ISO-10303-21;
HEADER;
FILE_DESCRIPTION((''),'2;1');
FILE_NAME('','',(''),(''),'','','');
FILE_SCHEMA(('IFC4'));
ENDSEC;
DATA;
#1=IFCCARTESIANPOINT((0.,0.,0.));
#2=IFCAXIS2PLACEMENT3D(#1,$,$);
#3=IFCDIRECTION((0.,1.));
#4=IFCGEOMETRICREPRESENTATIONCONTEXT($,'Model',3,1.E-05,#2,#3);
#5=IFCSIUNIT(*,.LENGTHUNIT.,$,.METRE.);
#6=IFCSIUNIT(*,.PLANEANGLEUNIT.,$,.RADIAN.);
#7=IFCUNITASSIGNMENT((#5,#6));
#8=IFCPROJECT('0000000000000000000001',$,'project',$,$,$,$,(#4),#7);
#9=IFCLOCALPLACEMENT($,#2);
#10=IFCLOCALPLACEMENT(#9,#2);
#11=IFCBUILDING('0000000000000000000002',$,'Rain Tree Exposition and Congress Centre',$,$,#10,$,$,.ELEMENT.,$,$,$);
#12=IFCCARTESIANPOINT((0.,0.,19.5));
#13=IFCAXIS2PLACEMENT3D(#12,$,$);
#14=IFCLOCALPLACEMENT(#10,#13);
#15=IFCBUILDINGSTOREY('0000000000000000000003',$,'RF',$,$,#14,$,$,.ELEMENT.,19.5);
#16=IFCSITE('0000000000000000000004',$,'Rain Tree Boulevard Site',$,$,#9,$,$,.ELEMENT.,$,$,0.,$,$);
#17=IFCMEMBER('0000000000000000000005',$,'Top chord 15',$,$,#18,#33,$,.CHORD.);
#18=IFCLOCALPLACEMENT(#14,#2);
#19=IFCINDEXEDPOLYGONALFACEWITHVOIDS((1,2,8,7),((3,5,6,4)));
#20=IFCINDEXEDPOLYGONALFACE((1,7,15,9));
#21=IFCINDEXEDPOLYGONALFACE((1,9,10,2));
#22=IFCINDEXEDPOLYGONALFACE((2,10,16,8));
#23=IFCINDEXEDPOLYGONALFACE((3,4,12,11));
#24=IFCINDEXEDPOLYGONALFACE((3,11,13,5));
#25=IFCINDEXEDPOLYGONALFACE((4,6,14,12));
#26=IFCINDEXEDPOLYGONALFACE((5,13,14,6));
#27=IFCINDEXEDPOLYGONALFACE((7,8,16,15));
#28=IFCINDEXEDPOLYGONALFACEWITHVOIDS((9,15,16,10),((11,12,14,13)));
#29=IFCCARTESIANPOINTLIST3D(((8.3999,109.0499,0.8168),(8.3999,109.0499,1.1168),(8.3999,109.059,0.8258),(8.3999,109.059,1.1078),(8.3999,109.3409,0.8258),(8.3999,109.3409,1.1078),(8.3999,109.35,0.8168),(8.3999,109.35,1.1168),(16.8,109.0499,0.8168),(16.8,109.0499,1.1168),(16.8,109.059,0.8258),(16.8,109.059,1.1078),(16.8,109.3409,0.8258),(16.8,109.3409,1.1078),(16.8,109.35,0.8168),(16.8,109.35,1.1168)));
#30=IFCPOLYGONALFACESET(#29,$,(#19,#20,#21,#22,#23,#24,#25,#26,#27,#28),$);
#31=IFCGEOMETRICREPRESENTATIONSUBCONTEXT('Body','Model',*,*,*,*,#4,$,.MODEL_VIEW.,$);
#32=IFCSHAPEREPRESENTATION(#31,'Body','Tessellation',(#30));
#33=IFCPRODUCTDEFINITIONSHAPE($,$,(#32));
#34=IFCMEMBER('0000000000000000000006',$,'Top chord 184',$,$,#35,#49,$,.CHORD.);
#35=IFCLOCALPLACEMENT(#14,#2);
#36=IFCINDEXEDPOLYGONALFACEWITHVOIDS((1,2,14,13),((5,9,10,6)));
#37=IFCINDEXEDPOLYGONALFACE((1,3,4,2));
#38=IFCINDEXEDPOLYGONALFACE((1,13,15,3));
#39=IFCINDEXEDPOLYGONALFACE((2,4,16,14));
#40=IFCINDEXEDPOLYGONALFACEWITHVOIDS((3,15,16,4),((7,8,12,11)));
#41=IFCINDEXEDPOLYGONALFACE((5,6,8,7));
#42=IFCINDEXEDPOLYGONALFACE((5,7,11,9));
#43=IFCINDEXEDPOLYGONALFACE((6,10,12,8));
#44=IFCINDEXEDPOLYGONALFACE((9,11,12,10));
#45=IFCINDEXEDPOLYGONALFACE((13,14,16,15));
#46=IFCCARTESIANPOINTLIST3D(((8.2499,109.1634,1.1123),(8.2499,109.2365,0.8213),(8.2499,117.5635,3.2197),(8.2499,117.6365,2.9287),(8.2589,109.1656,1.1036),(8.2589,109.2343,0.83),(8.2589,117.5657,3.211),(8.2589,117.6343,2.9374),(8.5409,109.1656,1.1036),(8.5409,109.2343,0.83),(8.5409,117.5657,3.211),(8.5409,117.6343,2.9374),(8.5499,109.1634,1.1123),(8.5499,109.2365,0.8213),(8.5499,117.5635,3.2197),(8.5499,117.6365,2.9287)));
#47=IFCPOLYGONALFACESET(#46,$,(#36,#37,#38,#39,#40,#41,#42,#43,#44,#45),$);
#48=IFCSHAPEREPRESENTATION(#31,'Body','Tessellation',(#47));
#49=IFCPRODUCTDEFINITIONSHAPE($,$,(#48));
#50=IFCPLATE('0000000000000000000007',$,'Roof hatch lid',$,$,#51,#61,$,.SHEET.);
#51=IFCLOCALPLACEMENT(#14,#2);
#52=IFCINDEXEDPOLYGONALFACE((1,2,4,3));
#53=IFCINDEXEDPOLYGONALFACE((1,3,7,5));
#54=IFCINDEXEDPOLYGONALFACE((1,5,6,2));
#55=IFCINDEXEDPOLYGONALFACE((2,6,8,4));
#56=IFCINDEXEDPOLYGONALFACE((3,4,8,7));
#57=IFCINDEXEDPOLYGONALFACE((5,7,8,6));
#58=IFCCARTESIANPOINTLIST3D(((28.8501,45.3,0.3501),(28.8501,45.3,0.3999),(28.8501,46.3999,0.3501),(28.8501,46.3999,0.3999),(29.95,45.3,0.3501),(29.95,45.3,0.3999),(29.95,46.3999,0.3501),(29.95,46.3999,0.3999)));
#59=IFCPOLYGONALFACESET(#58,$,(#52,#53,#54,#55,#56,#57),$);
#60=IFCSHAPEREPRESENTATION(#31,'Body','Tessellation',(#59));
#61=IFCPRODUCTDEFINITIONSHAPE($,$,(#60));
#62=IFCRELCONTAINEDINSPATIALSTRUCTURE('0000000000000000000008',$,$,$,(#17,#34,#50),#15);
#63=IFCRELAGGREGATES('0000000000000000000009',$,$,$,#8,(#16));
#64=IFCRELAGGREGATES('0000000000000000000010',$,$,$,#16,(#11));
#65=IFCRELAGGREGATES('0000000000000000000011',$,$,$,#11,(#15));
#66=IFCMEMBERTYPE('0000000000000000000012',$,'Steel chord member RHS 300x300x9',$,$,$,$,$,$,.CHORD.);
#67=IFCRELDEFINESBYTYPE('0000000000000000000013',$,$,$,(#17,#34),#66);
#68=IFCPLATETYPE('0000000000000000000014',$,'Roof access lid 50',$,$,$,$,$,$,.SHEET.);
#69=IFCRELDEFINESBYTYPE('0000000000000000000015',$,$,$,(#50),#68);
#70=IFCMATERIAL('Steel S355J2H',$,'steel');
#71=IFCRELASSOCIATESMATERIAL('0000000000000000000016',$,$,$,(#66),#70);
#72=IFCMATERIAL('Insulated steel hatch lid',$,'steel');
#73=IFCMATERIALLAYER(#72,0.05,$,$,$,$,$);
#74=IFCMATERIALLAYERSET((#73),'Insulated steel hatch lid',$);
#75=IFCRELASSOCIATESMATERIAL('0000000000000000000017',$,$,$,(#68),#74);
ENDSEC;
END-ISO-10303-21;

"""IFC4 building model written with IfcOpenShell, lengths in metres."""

from ifc_helpers import new_model, si_unit, direction, frame, origin, origin_2d, place, context, subcontext, project, spatial, polyline, hollow_rectangle, outline, extrude, material, layer, layer_set, material_profile, profile_set, type_object, element, save


model = new_model("IFC4")

# Units and contexts
model_context = context("Model", 3, precision=1e-05, world=origin(), true_north=direction((0.0, 1.0)))
body_context = subcontext(model_context, "Body", "Model", "MODEL_VIEW")
ifc_project = project(units=[si_unit("LENGTHUNIT", "METRE"), si_unit("PLANEANGLEUNIT", "RADIAN")], contexts=[model_context])

# Site, building, storey
site_placement = place(None, origin())
site = spatial("IfcSite", under=ifc_project, at=site_placement, Name="Rain Tree Boulevard Site", CompositionType="ELEMENT", RefElevation=0.0)
building_placement = place(site_placement, origin())
building = spatial("IfcBuilding", under=site, at=building_placement, Name="Rain Tree Exposition and Congress Centre", CompositionType="ELEMENT")
storey_placement = place(building_placement, frame((0.0, 0.0, 19.5)))
storey = spatial("IfcBuildingStorey", under=building, at=storey_placement, Name="RF", CompositionType="ELEMENT", Elevation=19.5)

# Members
ifc_material_1 = material(Name="Steel S355J2H", Category="steel")
ifc_material_profile = material_profile(ifc_material_1, hollow_rectangle(XDim=0.3, YDim=0.3, WallThickness=0.009, at=origin_2d()), Name="RHS 300x300x9")
ifc_profile_set = profile_set([ifc_material_profile], Name="Steel S355J2H")
member_type = type_object("IfcMemberType", Name="Steel chord member RHS 300x300x9", PredefinedType="CHORD", material=ifc_profile_set)
member_1_placement = place(storey_placement, frame((8.3999, 109.2, 0.9668), z_axis=(1.0, 0.0, 0.0), x_axis=(0.0, 1.0, 0.0)))
element("IfcMember", 1, at=member_1_placement, inside=storey, type_object=member_type, Name="Top chord 15", PredefinedType="CHORD", context=body_context, shape_type="SweptSolid", body=[
    extrude(hollow_rectangle(XDim=0.3, YDim=0.3, WallThickness=0.009, at=origin_2d()), origin(), (0.0, 0.0, 1.0), 8.4001),
])
member_2_placement = place(storey_placement, frame((8.3999, 109.2, 0.9668), z_axis=(0.0, 0.969942, 0.243338), x_axis=(-1.0, 0.0, 0.0)))
element("IfcMember", 2, at=member_2_placement, inside=storey, type_object=member_type, Name="Top chord 184", PredefinedType="CHORD", context=body_context, shape_type="SweptSolid", body=[
    extrude(hollow_rectangle(XDim=0.3, YDim=0.3, WallThickness=0.009, at=origin_2d()), origin(), (0.0, 0.0, 1.0), 8.6604),
])

# Plate
ifc_material_2 = material(Name="Insulated steel hatch lid", Category="steel")
ifc_layer_1 = layer(ifc_material_2, 0.05)
ifc_layer_set_1 = layer_set([ifc_layer_1], Name="Insulated steel hatch lid")
plate_type = type_object("IfcPlateType", Name="Roof access lid 50", PredefinedType="SHEET", material=ifc_layer_set_1)
plate_placement = place(storey_placement, frame((0.0, 0.0, 0.3501)))
element("IfcPlate", 3, at=plate_placement, inside=storey, type_object=plate_type, Name="Roof hatch lid", PredefinedType="SHEET", context=body_context, shape_type="SweptSolid", body=[
    extrude(outline(polyline([(28.8501, 45.3), (29.95, 45.3), (29.95, 46.3999), (28.8501, 46.3999), (28.8501, 45.3)])), origin(), (0.0, 0.0, 1.0), 0.0498),
])

save(model, "model.ifc")
